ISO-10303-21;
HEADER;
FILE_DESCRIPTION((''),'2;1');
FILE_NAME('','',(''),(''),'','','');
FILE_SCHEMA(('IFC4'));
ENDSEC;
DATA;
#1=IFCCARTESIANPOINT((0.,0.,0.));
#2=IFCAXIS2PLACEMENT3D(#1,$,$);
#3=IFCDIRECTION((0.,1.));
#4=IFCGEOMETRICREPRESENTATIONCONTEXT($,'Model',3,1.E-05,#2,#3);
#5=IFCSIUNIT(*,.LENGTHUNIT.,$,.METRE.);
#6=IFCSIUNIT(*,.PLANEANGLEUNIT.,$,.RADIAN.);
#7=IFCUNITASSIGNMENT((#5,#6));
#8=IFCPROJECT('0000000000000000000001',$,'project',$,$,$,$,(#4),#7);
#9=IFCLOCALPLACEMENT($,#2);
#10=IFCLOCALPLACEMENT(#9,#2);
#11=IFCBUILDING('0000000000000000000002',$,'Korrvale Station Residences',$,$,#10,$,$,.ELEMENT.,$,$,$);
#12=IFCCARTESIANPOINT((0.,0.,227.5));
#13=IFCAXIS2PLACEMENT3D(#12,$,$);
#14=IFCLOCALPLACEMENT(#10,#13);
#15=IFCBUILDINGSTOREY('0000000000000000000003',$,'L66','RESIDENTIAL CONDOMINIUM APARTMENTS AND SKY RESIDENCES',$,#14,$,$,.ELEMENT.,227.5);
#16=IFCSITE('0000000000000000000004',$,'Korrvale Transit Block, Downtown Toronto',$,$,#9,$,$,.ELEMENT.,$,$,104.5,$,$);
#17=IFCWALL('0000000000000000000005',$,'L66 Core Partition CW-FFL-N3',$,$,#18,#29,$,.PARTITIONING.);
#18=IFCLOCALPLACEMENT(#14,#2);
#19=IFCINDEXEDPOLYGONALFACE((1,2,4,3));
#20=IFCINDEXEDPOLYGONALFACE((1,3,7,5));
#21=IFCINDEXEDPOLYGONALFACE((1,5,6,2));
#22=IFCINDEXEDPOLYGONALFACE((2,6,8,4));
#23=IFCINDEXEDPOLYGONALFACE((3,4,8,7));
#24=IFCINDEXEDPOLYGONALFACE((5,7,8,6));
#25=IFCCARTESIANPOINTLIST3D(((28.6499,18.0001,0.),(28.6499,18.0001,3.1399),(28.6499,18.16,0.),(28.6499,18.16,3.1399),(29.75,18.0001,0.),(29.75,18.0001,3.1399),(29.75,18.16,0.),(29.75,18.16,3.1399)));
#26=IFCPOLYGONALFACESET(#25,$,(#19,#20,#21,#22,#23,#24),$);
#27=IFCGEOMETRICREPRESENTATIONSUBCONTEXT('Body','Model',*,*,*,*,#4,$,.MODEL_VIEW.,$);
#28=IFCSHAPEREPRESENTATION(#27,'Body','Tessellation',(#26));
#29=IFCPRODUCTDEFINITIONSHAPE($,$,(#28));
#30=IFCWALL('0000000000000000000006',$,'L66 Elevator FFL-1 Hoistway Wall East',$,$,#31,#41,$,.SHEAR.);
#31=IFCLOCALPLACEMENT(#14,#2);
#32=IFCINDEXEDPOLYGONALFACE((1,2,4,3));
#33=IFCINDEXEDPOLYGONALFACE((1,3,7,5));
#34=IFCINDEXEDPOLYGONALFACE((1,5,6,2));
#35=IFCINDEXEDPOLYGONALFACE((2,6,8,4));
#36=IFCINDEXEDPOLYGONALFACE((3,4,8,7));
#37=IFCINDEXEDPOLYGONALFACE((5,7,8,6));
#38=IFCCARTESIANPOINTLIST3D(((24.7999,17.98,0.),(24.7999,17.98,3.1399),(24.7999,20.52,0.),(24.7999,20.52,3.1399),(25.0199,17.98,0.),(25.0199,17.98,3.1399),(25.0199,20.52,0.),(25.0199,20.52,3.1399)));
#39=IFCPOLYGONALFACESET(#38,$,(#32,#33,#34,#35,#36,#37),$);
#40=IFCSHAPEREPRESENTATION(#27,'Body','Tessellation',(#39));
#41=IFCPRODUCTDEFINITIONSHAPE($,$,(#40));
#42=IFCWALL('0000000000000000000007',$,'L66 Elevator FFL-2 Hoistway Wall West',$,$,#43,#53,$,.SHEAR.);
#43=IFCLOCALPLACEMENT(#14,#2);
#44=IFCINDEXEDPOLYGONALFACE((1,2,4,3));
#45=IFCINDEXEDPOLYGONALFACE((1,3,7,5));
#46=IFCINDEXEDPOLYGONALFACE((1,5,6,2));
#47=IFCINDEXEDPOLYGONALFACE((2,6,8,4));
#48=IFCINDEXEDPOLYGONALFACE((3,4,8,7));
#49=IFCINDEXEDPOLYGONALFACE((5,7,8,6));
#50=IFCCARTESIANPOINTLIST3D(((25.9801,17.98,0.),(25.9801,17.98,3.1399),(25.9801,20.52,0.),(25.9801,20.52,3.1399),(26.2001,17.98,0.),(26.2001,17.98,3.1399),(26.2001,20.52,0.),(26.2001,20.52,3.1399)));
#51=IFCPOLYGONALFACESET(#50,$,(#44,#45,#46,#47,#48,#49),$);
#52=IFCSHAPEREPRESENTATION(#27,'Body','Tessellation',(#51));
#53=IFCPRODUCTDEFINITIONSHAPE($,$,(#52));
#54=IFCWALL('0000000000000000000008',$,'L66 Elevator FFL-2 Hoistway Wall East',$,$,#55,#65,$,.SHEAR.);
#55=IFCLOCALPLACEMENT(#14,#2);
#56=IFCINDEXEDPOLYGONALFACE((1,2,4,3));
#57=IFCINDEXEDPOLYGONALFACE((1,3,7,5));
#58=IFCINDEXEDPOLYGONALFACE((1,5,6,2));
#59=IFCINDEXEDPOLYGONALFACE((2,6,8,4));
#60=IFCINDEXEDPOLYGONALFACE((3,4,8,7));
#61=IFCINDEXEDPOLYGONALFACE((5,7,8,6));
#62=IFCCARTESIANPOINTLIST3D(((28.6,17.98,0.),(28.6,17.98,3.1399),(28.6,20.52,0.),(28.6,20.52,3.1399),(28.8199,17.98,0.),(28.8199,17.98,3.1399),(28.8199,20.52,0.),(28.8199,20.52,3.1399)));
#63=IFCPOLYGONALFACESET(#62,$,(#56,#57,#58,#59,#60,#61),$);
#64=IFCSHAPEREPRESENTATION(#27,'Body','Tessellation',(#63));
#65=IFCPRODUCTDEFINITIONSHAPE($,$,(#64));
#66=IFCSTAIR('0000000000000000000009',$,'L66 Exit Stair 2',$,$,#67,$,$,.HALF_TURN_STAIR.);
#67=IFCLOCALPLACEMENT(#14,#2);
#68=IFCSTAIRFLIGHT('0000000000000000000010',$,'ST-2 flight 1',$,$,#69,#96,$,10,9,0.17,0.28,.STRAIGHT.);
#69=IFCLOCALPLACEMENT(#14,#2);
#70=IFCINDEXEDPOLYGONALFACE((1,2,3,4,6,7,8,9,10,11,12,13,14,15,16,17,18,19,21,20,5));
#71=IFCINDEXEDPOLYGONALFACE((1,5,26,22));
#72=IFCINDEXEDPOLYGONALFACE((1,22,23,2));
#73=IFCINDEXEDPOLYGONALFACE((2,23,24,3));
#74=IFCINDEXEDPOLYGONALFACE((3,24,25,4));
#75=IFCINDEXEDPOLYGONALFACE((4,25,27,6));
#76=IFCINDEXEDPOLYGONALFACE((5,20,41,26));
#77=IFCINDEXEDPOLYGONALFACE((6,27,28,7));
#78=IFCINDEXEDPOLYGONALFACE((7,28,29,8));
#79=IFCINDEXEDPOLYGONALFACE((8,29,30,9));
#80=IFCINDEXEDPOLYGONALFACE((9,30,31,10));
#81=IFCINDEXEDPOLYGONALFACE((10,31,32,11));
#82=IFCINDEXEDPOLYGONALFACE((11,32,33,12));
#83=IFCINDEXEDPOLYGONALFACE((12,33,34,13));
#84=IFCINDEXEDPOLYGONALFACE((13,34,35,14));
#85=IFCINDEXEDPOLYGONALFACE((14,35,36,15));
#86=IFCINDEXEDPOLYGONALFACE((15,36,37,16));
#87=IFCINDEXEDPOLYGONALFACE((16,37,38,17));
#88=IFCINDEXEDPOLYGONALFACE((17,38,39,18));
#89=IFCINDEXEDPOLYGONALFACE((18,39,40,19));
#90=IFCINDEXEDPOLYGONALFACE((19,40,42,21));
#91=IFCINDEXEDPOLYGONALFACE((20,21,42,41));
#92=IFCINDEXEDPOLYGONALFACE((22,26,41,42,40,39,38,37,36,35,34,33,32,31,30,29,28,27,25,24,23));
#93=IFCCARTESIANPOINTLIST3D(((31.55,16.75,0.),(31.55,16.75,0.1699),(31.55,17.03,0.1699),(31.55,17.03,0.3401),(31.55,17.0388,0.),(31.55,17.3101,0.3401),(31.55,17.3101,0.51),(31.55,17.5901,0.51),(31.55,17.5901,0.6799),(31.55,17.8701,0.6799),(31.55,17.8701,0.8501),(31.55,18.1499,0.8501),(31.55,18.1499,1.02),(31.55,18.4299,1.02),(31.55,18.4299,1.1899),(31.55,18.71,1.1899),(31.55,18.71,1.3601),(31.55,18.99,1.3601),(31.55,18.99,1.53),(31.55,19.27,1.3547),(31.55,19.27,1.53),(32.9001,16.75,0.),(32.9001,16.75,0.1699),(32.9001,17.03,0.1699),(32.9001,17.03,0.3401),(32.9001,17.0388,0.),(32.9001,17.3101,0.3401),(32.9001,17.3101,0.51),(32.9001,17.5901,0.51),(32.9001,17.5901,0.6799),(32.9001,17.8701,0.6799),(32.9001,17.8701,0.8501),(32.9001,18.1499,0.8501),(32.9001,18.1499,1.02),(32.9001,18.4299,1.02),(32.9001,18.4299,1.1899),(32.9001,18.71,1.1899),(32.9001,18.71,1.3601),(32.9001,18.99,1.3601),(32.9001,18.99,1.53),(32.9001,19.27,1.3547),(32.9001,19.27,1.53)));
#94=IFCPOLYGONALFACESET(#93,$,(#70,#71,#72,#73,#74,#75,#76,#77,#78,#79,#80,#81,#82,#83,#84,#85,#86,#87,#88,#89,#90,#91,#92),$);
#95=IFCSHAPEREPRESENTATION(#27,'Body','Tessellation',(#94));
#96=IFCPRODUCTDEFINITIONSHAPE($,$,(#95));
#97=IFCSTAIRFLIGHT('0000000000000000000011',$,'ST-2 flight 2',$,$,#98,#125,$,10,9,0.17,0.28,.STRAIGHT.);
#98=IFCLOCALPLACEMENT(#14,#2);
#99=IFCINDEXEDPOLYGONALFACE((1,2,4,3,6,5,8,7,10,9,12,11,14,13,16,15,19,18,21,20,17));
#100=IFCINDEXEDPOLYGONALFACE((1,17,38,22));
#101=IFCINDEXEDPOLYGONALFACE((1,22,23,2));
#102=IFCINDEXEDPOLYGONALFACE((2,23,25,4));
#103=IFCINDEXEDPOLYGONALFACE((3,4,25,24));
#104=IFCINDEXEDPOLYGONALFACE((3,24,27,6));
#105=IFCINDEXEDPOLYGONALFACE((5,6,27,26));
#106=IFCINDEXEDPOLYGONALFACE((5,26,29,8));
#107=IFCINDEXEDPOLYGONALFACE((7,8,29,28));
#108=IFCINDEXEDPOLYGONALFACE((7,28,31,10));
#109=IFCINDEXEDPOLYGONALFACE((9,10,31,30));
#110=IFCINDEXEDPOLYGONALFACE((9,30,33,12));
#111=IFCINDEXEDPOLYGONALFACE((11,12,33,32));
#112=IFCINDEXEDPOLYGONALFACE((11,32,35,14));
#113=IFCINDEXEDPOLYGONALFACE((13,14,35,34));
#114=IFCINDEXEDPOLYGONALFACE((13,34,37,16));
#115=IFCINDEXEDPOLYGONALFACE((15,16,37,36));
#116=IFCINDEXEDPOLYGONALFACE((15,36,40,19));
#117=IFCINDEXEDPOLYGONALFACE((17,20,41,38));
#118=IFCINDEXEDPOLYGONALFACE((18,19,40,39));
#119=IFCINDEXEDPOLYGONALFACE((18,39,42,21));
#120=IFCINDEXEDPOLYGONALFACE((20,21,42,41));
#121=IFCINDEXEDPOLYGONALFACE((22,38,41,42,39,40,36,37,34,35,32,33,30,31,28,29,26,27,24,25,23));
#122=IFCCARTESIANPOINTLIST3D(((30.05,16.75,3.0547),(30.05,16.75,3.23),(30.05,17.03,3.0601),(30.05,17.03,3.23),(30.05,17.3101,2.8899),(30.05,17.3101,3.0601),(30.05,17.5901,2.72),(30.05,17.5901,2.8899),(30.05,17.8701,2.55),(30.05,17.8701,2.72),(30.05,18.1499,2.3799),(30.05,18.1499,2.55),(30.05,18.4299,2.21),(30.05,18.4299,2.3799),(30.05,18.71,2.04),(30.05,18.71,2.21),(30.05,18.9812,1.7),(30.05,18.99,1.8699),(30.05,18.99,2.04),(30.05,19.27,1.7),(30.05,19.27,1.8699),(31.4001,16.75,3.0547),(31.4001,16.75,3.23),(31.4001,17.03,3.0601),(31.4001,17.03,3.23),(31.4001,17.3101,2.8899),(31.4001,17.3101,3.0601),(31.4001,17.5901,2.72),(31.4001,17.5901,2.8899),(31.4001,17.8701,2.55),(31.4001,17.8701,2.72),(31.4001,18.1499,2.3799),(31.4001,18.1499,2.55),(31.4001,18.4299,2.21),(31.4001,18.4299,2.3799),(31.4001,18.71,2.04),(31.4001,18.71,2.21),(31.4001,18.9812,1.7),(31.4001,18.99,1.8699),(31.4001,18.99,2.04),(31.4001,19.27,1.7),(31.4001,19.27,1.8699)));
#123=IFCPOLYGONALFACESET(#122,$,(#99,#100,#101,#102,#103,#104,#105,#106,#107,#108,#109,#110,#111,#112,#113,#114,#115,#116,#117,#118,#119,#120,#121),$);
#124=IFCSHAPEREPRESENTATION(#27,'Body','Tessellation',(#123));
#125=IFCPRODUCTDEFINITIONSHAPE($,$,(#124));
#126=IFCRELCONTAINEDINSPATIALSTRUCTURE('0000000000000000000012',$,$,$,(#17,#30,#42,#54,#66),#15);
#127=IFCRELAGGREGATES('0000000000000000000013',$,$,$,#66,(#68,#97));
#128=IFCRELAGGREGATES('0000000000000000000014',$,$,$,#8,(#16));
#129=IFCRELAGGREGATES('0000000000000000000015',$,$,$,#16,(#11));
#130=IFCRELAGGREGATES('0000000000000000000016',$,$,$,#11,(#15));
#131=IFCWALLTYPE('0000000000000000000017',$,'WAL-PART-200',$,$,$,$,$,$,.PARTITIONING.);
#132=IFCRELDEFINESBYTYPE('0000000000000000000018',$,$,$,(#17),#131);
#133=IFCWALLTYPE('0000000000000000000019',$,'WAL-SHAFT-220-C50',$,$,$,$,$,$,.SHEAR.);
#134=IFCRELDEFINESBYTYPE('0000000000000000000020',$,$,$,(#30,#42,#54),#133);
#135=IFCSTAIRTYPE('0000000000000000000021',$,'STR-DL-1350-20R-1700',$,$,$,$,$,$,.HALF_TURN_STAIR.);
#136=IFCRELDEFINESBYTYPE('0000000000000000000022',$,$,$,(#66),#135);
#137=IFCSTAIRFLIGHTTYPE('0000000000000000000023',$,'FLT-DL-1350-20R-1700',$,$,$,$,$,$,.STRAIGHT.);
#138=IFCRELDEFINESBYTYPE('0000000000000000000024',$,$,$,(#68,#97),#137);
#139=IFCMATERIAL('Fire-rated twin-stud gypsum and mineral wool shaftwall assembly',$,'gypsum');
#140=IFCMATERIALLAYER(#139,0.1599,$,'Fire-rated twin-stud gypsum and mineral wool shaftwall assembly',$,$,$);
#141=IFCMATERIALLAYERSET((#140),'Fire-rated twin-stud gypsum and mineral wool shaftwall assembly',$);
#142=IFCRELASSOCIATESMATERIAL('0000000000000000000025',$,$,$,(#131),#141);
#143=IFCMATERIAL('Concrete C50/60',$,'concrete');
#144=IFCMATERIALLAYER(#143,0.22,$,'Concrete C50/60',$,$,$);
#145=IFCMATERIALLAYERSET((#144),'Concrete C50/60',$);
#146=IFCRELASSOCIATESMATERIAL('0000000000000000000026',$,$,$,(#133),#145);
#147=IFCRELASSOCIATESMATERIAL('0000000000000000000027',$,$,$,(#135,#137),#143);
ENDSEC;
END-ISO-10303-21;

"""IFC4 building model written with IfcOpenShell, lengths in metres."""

from ifc_helpers import new_model, si_unit, direction, frame, frame_2d, origin, place, context, subcontext, project, spatial, polyline, rectangle, outline, extrude, material, layer, layer_set, type_object, element, aggregate, save


model = new_model("IFC4")

# Units and contexts
model_context = context("Model", 3, precision=1e-05, world=origin(), true_north=direction((0.0, 1.0)))
body_context = subcontext(model_context, "Body", "Model", "MODEL_VIEW")
ifc_project = project(units=[si_unit("LENGTHUNIT", "METRE"), si_unit("PLANEANGLEUNIT", "RADIAN")], contexts=[model_context])

# Site, building, storey
site_placement = place(None, origin())
site = spatial("IfcSite", under=ifc_project, at=site_placement, Name="Korrvale Transit Block, Downtown Toronto", CompositionType="ELEMENT", RefElevation=104.5)
building_placement = place(site_placement, origin())
building = spatial("IfcBuilding", under=site, at=building_placement, Name="Korrvale Station Residences", CompositionType="ELEMENT")
storey_placement = place(building_placement, frame((0.0, 0.0, 227.5)))
storey = spatial("IfcBuildingStorey", under=building, at=storey_placement, Name="L66", Description="RESIDENTIAL CONDOMINIUM APARTMENTS AND SKY RESIDENCES", CompositionType="ELEMENT", Elevation=227.5)

# Shared definitions
ifc_material_1 = material(Name="Concrete C50/60", Category="concrete")

# Walls
ifc_material_2 = material(Name="Fire-rated twin-stud gypsum and mineral wool shaftwall assembly", Category="gypsum")
ifc_layer_1 = layer(ifc_material_2, 0.1599, Name="Fire-rated twin-stud gypsum and mineral wool shaftwall assembly")
ifc_layer_set_1 = layer_set([ifc_layer_1], Name="Fire-rated twin-stud gypsum and mineral wool shaftwall assembly")
wall_type_1 = type_object("IfcWallType", Name="WAL-PART-200", PredefinedType="PARTITIONING", material=ifc_layer_set_1)
wall_1_placement = place(storey_placement, frame((28.6499, 18.0801, 0.0), z_axis=(0.0, 0.0, 1.0), x_axis=(1.0, 0.0, 0.0)))
element("IfcWall", 1, at=wall_1_placement, inside=storey, type_object=wall_type_1, Name="L66 Core Partition CW-FFL-N3", PredefinedType="PARTITIONING", context=body_context, shape_type="SweptSolid", body=[
    extrude(rectangle(XDim=1.1001, YDim=0.1599, at=frame_2d((0.55, 0.0))), origin(), (0.0, 0.0, 1.0), 3.1399),
])
ifc_layer_2 = layer(ifc_material_1, 0.22, Name="Concrete C50/60")
ifc_layer_set_2 = layer_set([ifc_layer_2], Name="Concrete C50/60")
wall_type_2 = type_object("IfcWallType", Name="WAL-SHAFT-220-C50", PredefinedType="SHEAR", material=ifc_layer_set_2)
wall_2_placement = place(storey_placement, frame((24.9099, 17.98, 0.0), z_axis=(0.0, 0.0, 1.0), x_axis=(0.0, 1.0, 0.0)))
element("IfcWall", 2, at=wall_2_placement, inside=storey, type_object=wall_type_2, Name="L66 Elevator FFL-1 Hoistway Wall East", PredefinedType="SHEAR", context=body_context, shape_type="SweptSolid", body=[
    extrude(rectangle(XDim=2.54, YDim=0.22, at=frame_2d((1.27, 0.0))), origin(), (0.0, 0.0, 1.0), 3.1399),
])

# Walls
for number, where, z_axis, x_axis, name in (
    (3, (26.0901, 17.98, 0.0), (0.0, 0.0, 1.0), (0.0, 1.0, 0.0), "L66 Elevator FFL-2 Hoistway Wall West"),
    (4, (28.71, 17.98, 0.0), (0.0, 0.0, 1.0), (0.0, 1.0, 0.0), "L66 Elevator FFL-2 Hoistway Wall East"),
):
    element("IfcWall", number, at=place(storey_placement, frame(where, z_axis=z_axis, x_axis=x_axis)), inside=storey, type_object=wall_type_2, Name=name, PredefinedType="SHEAR", context=body_context, shape_type="SweptSolid", body=[
        extrude(rectangle(XDim=2.54, YDim=0.22, at=frame_2d((1.27, 0.0))), origin(), (0.0, 0.0, 1.0), 3.1399),
    ])

# Stair, stair flights
stair_type = type_object("IfcStairType", Name="STR-DL-1350-20R-1700", PredefinedType="HALF_TURN_STAIR", material=ifc_material_1)
stair_placement = place(storey_placement, origin())
stair = element("IfcStair", 5, at=stair_placement, inside=storey, type_object=stair_type, Name="L66 Exit Stair 2", PredefinedType="HALF_TURN_STAIR")
stair_flight_type = type_object("IfcStairFlightType", Name="FLT-DL-1350-20R-1700", PredefinedType="STRAIGHT", material=ifc_material_1)
stair_flight_1_placement = place(storey_placement, frame((32.2251, 16.75, 0.0), z_axis=(0.0, 0.0, 1.0), x_axis=(0.0, 1.0, 0.0)))
stair_flight_1 = element("IfcStairFlight", 6, at=stair_flight_1_placement, type_object=stair_flight_type, Name="ST-2 flight 1", NumberOfRisers=10, NumberOfTreads=9, PredefinedType="STRAIGHT", RiserHeight=0.17, TreadLength=0.28, context=body_context, shape_type="SweptSolid", body=[
    extrude(outline(polyline([(0.0, 0.0), (0.0, 0.1699), (0.28, 0.1699), (0.28, 0.3401), (0.5601, 0.3401), (0.5601, 0.51), (0.8401, 0.51), (0.8401, 0.6799), (1.1201, 0.6799), (1.1201, 0.8501), (1.3999, 0.8501), (1.3999, 1.02), (1.6799, 1.02), (1.6799, 1.1899), (1.96, 1.1899), (1.96, 1.3601), (2.24, 1.3601), (2.24, 1.53), (2.52, 1.53), (2.52, 1.7), (2.52, 1.3547), (0.2888, 0.0), (0.0, 0.0)])), frame((0.0, 0.675, 0.0), z_axis=(0.0, -1.0, 0.0), x_axis=(1.0, 0.0, 0.0)), (0.0, 0.0, 1.0), 1.3501),
])
stair_flight_2_placement = place(storey_placement, frame((30.7251, 19.27, 1.7), z_axis=(0.0, 0.0, 1.0), x_axis=(0.0, -1.0, 0.0)))
stair_flight_2 = element("IfcStairFlight", 7, at=stair_flight_2_placement, type_object=stair_flight_type, Name="ST-2 flight 2", NumberOfRisers=10, NumberOfTreads=9, PredefinedType="STRAIGHT", RiserHeight=0.17, TreadLength=0.28, context=body_context, shape_type="SweptSolid", body=[
    extrude(outline(polyline([(0.0, 0.0), (0.0, 0.1699), (0.28, 0.1699), (0.28, 0.3401), (0.5601, 0.3401), (0.5601, 0.51), (0.8401, 0.51), (0.8401, 0.6799), (1.1201, 0.6799), (1.1201, 0.8501), (1.3999, 0.8501), (1.3999, 1.02), (1.6799, 1.02), (1.6799, 1.1899), (1.96, 1.1899), (1.96, 1.3601), (2.24, 1.3601), (2.24, 1.53), (2.52, 1.53), (2.52, 1.7), (2.52, 1.3547), (0.2888, 0.0), (0.0, 0.0)])), frame((0.0, 0.675, 0.0), z_axis=(0.0, -1.0, 0.0), x_axis=(1.0, 0.0, 0.0)), (0.0, 0.0, 1.0), 1.3501),
])
aggregate(stair, [stair_flight_1, stair_flight_2])

save(model, "model.ifc")
